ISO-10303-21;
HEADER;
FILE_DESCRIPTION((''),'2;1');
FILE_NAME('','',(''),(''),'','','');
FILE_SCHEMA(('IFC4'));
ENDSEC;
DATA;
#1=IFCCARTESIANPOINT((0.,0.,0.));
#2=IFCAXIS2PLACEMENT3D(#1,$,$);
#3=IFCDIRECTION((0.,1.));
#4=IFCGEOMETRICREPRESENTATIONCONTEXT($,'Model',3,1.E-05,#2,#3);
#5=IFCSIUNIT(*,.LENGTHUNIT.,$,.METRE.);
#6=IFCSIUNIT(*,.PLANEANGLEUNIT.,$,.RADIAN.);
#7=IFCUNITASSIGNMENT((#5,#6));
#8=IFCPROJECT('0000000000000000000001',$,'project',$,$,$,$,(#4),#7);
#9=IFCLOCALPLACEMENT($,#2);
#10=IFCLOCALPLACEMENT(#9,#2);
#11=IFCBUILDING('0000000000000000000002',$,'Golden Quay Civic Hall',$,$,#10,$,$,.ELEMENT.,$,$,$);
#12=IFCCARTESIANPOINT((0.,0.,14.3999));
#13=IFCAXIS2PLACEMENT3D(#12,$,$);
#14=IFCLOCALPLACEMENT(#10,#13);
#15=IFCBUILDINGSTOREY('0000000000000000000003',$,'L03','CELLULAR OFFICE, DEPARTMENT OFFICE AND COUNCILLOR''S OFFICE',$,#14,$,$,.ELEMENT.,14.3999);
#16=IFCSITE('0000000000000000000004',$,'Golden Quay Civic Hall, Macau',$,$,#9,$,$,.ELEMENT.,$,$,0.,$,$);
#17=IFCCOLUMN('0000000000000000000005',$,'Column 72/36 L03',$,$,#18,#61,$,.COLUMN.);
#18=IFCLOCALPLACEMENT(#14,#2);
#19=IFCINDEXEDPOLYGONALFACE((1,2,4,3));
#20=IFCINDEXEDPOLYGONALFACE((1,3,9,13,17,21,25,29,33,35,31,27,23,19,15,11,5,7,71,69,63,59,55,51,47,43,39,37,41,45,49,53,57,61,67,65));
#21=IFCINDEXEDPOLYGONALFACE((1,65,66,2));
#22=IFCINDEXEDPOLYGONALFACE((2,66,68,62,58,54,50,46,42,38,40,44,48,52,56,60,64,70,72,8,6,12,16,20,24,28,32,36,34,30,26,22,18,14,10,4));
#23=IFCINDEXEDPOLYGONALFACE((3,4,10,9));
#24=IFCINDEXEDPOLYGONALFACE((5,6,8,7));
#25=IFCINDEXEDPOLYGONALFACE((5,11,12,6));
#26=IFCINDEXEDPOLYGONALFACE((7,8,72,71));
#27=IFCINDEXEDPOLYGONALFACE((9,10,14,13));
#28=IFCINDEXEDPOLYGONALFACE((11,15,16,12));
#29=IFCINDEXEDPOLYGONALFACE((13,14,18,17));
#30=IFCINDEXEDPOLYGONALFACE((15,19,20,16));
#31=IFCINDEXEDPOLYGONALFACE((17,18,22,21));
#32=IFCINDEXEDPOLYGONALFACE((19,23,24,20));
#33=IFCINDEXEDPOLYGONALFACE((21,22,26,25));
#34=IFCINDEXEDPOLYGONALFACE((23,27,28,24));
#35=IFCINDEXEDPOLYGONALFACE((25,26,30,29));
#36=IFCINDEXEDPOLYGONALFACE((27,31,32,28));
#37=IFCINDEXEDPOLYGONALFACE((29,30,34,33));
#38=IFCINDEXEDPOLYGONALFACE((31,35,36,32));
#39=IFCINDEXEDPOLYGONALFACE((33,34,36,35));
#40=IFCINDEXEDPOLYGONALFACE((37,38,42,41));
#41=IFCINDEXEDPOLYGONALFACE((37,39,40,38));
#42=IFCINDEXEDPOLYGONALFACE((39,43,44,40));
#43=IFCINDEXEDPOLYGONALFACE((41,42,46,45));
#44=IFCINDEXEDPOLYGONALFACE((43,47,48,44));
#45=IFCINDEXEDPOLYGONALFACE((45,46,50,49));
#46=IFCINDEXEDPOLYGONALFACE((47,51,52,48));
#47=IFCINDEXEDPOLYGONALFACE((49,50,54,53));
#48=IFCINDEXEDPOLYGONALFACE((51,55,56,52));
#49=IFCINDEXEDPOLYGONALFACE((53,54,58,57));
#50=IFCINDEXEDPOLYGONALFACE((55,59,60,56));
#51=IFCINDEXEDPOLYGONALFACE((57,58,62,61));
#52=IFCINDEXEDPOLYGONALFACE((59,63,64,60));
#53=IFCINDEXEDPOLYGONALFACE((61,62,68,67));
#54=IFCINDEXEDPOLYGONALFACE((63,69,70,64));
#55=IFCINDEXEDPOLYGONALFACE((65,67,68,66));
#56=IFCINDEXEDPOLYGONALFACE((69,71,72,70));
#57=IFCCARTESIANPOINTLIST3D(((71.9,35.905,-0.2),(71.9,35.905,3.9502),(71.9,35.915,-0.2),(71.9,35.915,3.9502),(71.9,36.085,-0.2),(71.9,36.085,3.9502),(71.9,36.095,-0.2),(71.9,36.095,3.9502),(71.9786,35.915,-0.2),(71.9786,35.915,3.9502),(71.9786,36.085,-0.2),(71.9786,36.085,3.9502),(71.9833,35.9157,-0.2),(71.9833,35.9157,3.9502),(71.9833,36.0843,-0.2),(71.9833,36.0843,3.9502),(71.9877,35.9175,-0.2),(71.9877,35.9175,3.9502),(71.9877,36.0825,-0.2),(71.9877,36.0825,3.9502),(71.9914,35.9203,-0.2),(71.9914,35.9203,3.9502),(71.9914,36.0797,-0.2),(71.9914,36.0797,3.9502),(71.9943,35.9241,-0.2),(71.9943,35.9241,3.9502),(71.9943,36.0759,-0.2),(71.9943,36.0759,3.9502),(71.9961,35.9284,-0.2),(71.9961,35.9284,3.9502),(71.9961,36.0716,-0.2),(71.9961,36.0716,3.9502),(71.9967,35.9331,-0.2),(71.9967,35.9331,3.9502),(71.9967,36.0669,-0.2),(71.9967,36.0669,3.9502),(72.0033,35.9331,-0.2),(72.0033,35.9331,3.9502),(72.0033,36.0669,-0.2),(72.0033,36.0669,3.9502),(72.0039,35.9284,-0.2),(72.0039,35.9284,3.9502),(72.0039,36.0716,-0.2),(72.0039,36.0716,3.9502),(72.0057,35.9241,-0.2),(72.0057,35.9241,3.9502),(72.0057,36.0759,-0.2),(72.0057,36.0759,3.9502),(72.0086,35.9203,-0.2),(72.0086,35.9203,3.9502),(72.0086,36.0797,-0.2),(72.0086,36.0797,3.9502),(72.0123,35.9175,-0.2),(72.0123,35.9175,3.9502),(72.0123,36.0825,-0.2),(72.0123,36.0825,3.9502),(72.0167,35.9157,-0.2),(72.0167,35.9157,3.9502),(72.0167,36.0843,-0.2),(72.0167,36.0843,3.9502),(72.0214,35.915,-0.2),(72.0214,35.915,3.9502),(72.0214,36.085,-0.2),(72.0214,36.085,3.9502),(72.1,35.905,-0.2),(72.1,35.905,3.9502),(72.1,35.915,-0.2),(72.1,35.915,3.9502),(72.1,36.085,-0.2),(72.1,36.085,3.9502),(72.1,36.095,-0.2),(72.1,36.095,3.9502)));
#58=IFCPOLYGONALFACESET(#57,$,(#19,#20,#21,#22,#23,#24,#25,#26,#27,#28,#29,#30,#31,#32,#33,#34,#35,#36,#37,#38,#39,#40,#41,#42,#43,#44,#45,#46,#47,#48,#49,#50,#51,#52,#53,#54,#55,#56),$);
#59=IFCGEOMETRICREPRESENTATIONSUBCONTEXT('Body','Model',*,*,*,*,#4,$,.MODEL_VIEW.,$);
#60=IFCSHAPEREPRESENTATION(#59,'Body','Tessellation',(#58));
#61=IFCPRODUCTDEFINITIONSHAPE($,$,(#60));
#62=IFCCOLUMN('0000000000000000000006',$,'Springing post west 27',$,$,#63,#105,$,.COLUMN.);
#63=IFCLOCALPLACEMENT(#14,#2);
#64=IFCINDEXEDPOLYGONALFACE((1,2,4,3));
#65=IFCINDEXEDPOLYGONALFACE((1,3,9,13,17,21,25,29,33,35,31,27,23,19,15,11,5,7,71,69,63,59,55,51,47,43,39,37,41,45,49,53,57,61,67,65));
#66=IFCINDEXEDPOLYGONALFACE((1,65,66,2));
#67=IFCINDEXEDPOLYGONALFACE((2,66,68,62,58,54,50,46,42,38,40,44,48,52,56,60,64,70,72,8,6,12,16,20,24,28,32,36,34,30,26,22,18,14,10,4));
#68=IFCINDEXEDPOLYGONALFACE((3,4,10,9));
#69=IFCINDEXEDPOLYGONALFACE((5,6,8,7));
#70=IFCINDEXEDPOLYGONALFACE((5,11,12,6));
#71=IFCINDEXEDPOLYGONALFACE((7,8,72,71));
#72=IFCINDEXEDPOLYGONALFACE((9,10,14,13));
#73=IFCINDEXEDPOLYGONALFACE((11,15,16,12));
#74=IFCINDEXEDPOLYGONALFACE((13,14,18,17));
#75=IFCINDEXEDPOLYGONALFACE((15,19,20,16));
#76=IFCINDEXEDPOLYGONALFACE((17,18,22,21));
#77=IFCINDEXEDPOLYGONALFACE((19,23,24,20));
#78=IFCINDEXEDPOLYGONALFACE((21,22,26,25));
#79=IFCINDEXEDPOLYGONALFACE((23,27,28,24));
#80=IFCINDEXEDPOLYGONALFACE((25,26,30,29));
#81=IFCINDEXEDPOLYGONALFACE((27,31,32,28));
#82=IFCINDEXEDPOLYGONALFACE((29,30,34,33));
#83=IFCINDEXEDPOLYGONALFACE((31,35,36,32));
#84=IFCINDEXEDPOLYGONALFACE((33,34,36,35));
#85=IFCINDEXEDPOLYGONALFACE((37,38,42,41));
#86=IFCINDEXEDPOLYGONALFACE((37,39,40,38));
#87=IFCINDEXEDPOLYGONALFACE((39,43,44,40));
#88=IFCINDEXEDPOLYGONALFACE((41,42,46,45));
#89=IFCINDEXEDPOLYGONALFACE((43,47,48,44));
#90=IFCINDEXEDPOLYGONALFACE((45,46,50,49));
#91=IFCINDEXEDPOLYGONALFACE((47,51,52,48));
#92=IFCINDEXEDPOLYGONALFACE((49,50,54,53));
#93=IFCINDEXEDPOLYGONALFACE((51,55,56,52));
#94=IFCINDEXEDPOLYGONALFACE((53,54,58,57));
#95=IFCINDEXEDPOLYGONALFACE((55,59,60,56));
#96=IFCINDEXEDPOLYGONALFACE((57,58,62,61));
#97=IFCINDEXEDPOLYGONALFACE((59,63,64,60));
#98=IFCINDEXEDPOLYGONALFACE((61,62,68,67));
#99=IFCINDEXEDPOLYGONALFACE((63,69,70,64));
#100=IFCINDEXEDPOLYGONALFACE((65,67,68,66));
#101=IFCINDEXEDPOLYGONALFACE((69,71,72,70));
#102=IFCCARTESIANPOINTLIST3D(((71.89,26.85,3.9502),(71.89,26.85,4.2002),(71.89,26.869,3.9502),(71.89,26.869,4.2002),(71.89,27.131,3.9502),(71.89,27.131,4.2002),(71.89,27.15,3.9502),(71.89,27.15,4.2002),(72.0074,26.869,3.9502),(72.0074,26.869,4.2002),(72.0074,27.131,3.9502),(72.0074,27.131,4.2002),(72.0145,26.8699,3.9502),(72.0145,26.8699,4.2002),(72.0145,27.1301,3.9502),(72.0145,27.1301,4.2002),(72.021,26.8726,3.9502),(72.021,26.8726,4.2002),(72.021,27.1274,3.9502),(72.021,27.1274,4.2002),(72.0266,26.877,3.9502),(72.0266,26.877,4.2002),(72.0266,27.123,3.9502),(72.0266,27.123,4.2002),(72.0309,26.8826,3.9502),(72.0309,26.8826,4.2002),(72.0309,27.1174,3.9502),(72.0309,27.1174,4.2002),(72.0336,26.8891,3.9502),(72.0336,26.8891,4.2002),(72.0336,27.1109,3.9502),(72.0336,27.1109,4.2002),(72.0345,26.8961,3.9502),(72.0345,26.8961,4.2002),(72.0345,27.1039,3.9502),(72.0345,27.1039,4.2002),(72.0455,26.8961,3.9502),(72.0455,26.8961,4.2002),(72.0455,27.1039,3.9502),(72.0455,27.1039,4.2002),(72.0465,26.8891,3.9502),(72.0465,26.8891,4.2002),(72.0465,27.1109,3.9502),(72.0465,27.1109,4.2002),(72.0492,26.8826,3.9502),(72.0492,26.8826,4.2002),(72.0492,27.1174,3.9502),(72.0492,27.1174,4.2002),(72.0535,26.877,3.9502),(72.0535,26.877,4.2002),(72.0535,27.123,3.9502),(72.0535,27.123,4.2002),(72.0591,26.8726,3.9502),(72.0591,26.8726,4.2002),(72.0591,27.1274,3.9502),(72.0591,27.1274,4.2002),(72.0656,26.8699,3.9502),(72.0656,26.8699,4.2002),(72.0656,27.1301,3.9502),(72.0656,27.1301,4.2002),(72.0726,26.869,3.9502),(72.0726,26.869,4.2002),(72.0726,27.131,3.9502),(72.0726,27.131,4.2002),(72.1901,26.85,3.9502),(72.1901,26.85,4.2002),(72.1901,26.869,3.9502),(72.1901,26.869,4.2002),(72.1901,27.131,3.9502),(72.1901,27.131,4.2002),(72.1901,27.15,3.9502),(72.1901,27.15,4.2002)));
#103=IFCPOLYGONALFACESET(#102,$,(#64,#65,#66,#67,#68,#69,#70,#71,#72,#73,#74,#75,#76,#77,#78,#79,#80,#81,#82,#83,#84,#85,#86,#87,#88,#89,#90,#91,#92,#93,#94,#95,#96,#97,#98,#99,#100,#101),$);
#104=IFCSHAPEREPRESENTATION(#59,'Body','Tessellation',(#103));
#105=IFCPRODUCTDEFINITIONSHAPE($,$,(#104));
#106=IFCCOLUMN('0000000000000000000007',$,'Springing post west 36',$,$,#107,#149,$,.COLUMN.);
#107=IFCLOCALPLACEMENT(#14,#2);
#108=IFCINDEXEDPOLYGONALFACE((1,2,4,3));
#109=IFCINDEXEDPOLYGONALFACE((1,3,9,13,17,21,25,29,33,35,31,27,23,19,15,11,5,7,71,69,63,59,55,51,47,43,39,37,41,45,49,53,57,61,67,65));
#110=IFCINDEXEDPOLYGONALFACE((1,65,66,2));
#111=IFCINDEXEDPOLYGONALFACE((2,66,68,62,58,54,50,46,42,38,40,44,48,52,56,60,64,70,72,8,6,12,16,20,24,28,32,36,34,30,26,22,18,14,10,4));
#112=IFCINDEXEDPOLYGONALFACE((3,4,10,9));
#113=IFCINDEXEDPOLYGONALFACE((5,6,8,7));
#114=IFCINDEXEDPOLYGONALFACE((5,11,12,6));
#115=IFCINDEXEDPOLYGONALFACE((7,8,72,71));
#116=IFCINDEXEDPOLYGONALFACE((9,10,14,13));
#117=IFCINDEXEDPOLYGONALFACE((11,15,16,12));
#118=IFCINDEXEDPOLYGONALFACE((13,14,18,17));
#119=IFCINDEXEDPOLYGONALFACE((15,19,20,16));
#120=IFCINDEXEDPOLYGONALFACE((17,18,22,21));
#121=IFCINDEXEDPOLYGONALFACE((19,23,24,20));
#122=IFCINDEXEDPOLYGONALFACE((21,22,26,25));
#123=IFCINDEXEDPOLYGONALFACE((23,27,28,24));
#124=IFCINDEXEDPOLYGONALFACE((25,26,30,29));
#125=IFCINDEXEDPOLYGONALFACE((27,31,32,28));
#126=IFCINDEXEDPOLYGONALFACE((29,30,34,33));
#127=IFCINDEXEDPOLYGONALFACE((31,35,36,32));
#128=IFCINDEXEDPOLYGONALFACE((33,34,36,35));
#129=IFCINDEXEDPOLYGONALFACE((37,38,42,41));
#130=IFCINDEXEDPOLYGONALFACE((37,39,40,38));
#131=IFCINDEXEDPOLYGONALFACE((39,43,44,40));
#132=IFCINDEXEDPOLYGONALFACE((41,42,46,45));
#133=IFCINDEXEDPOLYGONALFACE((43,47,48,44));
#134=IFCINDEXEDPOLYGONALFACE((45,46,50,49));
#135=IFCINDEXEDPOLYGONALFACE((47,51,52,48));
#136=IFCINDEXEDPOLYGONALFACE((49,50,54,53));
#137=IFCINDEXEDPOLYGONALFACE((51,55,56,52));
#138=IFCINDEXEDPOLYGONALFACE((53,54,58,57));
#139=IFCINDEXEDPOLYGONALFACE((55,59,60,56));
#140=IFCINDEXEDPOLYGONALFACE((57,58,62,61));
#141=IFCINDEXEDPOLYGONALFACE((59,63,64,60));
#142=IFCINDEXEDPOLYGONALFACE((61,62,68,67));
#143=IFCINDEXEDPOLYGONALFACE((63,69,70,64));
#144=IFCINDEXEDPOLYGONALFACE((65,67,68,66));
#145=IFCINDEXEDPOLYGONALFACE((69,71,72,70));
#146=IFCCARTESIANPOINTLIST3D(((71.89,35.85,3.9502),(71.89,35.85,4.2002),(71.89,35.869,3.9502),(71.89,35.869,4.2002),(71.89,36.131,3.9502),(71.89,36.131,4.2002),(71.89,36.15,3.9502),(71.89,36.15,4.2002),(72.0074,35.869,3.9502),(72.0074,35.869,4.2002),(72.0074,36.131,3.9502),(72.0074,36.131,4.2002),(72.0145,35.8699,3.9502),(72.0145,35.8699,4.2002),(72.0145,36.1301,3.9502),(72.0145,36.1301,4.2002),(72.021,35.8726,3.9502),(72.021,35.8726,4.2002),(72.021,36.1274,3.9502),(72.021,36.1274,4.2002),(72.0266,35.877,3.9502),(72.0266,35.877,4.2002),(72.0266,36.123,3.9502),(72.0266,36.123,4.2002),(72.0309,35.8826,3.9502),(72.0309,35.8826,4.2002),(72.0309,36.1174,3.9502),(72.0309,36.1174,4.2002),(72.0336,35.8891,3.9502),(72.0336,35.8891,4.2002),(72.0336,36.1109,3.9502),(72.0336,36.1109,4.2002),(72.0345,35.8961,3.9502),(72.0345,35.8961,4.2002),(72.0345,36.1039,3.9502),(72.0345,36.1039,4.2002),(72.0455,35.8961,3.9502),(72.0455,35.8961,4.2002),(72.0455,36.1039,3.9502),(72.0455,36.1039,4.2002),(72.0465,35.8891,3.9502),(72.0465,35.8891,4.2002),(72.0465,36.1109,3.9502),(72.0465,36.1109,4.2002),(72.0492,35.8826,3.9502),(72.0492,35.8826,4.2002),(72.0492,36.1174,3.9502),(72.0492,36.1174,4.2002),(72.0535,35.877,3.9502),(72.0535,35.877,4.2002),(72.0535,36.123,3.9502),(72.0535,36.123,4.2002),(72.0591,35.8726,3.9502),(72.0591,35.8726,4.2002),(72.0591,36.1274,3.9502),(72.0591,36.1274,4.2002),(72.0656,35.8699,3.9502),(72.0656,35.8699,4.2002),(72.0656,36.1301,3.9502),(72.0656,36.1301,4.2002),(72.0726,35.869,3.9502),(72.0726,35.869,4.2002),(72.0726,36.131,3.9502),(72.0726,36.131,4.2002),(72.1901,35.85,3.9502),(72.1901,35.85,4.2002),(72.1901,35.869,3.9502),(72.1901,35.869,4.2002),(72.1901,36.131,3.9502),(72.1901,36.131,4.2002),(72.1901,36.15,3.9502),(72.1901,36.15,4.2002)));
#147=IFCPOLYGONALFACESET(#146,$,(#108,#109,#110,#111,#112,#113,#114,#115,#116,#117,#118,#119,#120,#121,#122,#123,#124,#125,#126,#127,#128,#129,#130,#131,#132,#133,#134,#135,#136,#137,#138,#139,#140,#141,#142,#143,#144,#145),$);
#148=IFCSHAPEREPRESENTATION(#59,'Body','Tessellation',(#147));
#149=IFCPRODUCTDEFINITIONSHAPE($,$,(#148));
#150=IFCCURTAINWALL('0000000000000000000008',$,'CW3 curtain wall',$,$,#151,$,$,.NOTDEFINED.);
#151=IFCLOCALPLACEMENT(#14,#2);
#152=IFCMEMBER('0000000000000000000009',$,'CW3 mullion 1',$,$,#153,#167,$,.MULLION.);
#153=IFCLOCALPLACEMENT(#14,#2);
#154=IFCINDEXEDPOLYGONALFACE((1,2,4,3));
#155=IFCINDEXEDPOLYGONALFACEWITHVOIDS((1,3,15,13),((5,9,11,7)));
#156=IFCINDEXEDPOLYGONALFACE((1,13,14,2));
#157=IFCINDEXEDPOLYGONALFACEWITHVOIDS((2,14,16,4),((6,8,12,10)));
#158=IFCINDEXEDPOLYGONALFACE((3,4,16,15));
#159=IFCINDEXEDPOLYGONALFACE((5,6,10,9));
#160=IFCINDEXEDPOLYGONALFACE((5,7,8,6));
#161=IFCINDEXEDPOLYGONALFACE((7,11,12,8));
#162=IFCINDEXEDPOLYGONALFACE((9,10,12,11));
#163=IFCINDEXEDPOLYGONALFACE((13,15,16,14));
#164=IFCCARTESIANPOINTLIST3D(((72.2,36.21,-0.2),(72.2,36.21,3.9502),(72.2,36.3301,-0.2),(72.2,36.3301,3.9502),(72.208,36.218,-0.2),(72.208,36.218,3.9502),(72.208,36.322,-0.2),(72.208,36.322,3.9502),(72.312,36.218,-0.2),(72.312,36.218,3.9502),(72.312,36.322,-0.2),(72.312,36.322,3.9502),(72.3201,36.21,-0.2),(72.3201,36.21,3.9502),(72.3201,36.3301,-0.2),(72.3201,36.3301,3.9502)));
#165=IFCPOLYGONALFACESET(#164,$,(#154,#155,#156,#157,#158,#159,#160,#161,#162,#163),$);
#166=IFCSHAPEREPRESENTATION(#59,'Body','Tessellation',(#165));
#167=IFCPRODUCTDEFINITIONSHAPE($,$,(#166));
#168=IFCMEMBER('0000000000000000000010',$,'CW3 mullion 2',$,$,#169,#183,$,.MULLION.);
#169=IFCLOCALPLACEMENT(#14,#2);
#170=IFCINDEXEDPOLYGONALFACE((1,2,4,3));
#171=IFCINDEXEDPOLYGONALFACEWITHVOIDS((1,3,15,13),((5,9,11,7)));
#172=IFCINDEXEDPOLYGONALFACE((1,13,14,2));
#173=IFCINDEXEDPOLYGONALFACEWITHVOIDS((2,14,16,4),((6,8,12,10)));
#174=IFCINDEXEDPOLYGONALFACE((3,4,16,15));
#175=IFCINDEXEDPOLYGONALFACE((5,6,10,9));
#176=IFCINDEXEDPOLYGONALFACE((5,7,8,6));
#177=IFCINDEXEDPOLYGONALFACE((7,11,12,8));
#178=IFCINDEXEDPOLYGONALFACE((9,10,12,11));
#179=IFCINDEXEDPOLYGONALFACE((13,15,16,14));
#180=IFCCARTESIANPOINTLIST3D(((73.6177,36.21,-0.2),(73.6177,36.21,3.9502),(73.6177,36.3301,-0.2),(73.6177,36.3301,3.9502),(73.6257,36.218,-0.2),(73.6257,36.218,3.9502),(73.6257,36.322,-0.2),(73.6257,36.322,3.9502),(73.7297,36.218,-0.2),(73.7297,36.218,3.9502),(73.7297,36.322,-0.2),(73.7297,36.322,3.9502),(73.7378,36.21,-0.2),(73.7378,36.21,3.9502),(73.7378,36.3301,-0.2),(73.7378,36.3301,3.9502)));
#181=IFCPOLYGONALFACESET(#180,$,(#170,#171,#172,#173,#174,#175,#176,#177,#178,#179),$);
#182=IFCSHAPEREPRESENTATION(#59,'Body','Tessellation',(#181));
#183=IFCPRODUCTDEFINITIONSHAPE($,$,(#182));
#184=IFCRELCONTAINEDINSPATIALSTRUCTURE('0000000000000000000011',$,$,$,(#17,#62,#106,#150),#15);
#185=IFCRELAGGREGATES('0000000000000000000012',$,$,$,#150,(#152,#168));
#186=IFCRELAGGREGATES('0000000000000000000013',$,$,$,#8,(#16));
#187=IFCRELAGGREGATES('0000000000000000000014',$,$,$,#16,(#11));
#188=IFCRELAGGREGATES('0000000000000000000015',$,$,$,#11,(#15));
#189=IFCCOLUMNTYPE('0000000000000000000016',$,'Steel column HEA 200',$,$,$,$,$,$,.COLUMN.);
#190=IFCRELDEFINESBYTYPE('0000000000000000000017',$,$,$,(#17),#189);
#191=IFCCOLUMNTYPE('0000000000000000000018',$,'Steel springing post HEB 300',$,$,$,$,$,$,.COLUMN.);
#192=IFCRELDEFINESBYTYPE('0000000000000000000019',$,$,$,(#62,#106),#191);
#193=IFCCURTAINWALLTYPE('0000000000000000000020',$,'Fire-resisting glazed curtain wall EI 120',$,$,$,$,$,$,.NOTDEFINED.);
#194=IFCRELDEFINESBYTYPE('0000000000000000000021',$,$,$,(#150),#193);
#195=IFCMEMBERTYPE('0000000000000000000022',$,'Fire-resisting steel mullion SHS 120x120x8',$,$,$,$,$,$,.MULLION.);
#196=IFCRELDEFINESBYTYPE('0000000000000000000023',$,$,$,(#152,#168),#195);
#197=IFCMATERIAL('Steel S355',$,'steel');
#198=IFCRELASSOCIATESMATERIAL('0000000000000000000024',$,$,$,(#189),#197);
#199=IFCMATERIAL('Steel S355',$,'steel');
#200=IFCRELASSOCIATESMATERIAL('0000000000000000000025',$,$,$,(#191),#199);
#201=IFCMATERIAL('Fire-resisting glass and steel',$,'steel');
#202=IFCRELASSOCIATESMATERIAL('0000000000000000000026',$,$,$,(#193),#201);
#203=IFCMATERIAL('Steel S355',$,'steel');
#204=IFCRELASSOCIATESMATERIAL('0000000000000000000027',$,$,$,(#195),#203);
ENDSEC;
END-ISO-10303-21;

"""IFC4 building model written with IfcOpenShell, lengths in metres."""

from ifc_helpers import new_model, si_unit, direction, frame, origin, origin_2d, place, context, subcontext, project, spatial, hollow_rectangle, i_section, extrude, material, material_profile, profile_set, type_object, element, aggregate, save


model = new_model("IFC4")

# Units and contexts
model_context = context("Model", 3, precision=1e-05, world=origin(), true_north=direction((0.0, 1.0)))
body_context = subcontext(model_context, "Body", "Model", "MODEL_VIEW")
ifc_project = project(units=[si_unit("LENGTHUNIT", "METRE"), si_unit("PLANEANGLEUNIT", "RADIAN")], contexts=[model_context])

# Site, building, storey
site_placement = place(None, origin())
site = spatial("IfcSite", under=ifc_project, at=site_placement, Name="Golden Quay Civic Hall, Macau", CompositionType="ELEMENT", RefElevation=0.0)
building_placement = place(site_placement, origin())
building = spatial("IfcBuilding", under=site, at=building_placement, Name="Golden Quay Civic Hall", CompositionType="ELEMENT")
storey_placement = place(building_placement, frame((0.0, 0.0, 14.3999)))
storey = spatial("IfcBuildingStorey", under=building, at=storey_placement, Name="L03", Description="CELLULAR OFFICE, DEPARTMENT OFFICE AND COUNCILLOR'S OFFICE", CompositionType="ELEMENT", Elevation=14.3999)

# Columns
ifc_material_1 = material(Name="Steel S355", Category="steel")
ifc_material_profile_1 = material_profile(ifc_material_1, i_section(OverallWidth=0.2, OverallDepth=0.1899, WebThickness=0.0066, FlangeThickness=0.01, FilletRadius=0.0181, at=origin_2d()), Name="HEA 200")
ifc_profile_set_1 = profile_set([ifc_material_profile_1], Name="Steel S355")
column_type_1 = type_object("IfcColumnType", Name="Steel column HEA 200", PredefinedType="COLUMN", material=ifc_profile_set_1)
column_placement = place(storey_placement, frame((72.0, 36.0, -0.2), z_axis=(0.0, 0.0, 1.0), x_axis=(1.0, 0.0, 0.0)))
element("IfcColumn", 1, at=column_placement, inside=storey, type_object=column_type_1, Name="Column 72/36 L03", PredefinedType="COLUMN", context=body_context, shape_type="SweptSolid", body=[
    extrude(i_section(OverallWidth=0.2, OverallDepth=0.1899, WebThickness=0.0066, FlangeThickness=0.01, FilletRadius=0.0181, at=origin_2d()), origin(), (0.0, 0.0, 1.0), 4.1501),
])
ifc_material_2 = material(Name="Steel S355", Category="steel")
ifc_material_profile_2 = material_profile(ifc_material_2, i_section(OverallWidth=0.3, OverallDepth=0.3, WebThickness=0.011, FlangeThickness=0.019, FilletRadius=0.0271, at=origin_2d()), Name="HEB 300")
ifc_profile_set_2 = profile_set([ifc_material_profile_2], Name="Steel S355")
column_type_2 = type_object("IfcColumnType", Name="Steel springing post HEB 300", PredefinedType="COLUMN", material=ifc_profile_set_2)
for number, where, z_axis, x_axis, name in (
    (2, (72.04, 27.0, 3.9502), (0.0, 0.0, 1.0), (1.0, 0.0, 0.0), "Springing post west 27"),
    (3, (72.04, 36.0, 3.9502), (0.0, 0.0, 1.0), (1.0, 0.0, 0.0), "Springing post west 36"),
):
    element("IfcColumn", number, at=place(storey_placement, frame(where, z_axis=z_axis, x_axis=x_axis)), inside=storey, type_object=column_type_2, Name=name, PredefinedType="COLUMN", context=body_context, shape_type="SweptSolid", body=[
        extrude(i_section(OverallWidth=0.3, OverallDepth=0.3, WebThickness=0.011, FlangeThickness=0.019, FilletRadius=0.0271, at=origin_2d()), origin(), (0.0, 0.0, 1.0), 0.25),
    ])

# Curtain wall, members
ifc_material_3 = material(Name="Fire-resisting glass and steel", Category="steel")
curtain_wall_type = type_object("IfcCurtainWallType", Name="Fire-resisting glazed curtain wall EI 120", PredefinedType="NOTDEFINED", material=ifc_material_3)
curtain_wall_placement = place(storey_placement, origin())
curtain_wall = element("IfcCurtainWall", 4, at=curtain_wall_placement, inside=storey, type_object=curtain_wall_type, Name="CW3 curtain wall", PredefinedType="NOTDEFINED")
ifc_material_4 = material(Name="Steel S355", Category="steel")
ifc_material_profile_3 = material_profile(ifc_material_4, hollow_rectangle(XDim=0.1201, YDim=0.1201, WallThickness=0.0081, at=origin_2d()), Name="SHS 120x120x8")
ifc_profile_set_3 = profile_set([ifc_material_profile_3], Name="Steel S355")
member_type_1 = type_object("IfcMemberType", Name="Fire-resisting steel mullion SHS 120x120x8", PredefinedType="MULLION", material=ifc_profile_set_3)
member_1_placement = place(storey_placement, frame((72.26, 36.27, -0.2), z_axis=(0.0, 0.0, 1.0), x_axis=(0.0, 1.0, 0.0)))
member_1 = element("IfcMember", 5, at=member_1_placement, type_object=member_type_1, Name="CW3 mullion 1", PredefinedType="MULLION", context=body_context, shape_type="SweptSolid", body=[
    extrude(hollow_rectangle(XDim=0.1201, YDim=0.1201, WallThickness=0.0081, at=origin_2d()), origin(), (0.0, 0.0, 1.0), 4.1501),
])
member_2_placement = place(storey_placement, frame((73.6777, 36.27, -0.2), z_axis=(0.0, 0.0, 1.0), x_axis=(0.0, 1.0, 0.0)))
member_2 = element("IfcMember", 6, at=member_2_placement, type_object=member_type_1, Name="CW3 mullion 2", PredefinedType="MULLION", context=body_context, shape_type="SweptSolid", body=[
    extrude(hollow_rectangle(XDim=0.1201, YDim=0.1201, WallThickness=0.0081, at=origin_2d()), origin(), (0.0, 0.0, 1.0), 4.1501),
])

aggregate(curtain_wall, [member_1, member_2])

save(model, "model.ifc")
